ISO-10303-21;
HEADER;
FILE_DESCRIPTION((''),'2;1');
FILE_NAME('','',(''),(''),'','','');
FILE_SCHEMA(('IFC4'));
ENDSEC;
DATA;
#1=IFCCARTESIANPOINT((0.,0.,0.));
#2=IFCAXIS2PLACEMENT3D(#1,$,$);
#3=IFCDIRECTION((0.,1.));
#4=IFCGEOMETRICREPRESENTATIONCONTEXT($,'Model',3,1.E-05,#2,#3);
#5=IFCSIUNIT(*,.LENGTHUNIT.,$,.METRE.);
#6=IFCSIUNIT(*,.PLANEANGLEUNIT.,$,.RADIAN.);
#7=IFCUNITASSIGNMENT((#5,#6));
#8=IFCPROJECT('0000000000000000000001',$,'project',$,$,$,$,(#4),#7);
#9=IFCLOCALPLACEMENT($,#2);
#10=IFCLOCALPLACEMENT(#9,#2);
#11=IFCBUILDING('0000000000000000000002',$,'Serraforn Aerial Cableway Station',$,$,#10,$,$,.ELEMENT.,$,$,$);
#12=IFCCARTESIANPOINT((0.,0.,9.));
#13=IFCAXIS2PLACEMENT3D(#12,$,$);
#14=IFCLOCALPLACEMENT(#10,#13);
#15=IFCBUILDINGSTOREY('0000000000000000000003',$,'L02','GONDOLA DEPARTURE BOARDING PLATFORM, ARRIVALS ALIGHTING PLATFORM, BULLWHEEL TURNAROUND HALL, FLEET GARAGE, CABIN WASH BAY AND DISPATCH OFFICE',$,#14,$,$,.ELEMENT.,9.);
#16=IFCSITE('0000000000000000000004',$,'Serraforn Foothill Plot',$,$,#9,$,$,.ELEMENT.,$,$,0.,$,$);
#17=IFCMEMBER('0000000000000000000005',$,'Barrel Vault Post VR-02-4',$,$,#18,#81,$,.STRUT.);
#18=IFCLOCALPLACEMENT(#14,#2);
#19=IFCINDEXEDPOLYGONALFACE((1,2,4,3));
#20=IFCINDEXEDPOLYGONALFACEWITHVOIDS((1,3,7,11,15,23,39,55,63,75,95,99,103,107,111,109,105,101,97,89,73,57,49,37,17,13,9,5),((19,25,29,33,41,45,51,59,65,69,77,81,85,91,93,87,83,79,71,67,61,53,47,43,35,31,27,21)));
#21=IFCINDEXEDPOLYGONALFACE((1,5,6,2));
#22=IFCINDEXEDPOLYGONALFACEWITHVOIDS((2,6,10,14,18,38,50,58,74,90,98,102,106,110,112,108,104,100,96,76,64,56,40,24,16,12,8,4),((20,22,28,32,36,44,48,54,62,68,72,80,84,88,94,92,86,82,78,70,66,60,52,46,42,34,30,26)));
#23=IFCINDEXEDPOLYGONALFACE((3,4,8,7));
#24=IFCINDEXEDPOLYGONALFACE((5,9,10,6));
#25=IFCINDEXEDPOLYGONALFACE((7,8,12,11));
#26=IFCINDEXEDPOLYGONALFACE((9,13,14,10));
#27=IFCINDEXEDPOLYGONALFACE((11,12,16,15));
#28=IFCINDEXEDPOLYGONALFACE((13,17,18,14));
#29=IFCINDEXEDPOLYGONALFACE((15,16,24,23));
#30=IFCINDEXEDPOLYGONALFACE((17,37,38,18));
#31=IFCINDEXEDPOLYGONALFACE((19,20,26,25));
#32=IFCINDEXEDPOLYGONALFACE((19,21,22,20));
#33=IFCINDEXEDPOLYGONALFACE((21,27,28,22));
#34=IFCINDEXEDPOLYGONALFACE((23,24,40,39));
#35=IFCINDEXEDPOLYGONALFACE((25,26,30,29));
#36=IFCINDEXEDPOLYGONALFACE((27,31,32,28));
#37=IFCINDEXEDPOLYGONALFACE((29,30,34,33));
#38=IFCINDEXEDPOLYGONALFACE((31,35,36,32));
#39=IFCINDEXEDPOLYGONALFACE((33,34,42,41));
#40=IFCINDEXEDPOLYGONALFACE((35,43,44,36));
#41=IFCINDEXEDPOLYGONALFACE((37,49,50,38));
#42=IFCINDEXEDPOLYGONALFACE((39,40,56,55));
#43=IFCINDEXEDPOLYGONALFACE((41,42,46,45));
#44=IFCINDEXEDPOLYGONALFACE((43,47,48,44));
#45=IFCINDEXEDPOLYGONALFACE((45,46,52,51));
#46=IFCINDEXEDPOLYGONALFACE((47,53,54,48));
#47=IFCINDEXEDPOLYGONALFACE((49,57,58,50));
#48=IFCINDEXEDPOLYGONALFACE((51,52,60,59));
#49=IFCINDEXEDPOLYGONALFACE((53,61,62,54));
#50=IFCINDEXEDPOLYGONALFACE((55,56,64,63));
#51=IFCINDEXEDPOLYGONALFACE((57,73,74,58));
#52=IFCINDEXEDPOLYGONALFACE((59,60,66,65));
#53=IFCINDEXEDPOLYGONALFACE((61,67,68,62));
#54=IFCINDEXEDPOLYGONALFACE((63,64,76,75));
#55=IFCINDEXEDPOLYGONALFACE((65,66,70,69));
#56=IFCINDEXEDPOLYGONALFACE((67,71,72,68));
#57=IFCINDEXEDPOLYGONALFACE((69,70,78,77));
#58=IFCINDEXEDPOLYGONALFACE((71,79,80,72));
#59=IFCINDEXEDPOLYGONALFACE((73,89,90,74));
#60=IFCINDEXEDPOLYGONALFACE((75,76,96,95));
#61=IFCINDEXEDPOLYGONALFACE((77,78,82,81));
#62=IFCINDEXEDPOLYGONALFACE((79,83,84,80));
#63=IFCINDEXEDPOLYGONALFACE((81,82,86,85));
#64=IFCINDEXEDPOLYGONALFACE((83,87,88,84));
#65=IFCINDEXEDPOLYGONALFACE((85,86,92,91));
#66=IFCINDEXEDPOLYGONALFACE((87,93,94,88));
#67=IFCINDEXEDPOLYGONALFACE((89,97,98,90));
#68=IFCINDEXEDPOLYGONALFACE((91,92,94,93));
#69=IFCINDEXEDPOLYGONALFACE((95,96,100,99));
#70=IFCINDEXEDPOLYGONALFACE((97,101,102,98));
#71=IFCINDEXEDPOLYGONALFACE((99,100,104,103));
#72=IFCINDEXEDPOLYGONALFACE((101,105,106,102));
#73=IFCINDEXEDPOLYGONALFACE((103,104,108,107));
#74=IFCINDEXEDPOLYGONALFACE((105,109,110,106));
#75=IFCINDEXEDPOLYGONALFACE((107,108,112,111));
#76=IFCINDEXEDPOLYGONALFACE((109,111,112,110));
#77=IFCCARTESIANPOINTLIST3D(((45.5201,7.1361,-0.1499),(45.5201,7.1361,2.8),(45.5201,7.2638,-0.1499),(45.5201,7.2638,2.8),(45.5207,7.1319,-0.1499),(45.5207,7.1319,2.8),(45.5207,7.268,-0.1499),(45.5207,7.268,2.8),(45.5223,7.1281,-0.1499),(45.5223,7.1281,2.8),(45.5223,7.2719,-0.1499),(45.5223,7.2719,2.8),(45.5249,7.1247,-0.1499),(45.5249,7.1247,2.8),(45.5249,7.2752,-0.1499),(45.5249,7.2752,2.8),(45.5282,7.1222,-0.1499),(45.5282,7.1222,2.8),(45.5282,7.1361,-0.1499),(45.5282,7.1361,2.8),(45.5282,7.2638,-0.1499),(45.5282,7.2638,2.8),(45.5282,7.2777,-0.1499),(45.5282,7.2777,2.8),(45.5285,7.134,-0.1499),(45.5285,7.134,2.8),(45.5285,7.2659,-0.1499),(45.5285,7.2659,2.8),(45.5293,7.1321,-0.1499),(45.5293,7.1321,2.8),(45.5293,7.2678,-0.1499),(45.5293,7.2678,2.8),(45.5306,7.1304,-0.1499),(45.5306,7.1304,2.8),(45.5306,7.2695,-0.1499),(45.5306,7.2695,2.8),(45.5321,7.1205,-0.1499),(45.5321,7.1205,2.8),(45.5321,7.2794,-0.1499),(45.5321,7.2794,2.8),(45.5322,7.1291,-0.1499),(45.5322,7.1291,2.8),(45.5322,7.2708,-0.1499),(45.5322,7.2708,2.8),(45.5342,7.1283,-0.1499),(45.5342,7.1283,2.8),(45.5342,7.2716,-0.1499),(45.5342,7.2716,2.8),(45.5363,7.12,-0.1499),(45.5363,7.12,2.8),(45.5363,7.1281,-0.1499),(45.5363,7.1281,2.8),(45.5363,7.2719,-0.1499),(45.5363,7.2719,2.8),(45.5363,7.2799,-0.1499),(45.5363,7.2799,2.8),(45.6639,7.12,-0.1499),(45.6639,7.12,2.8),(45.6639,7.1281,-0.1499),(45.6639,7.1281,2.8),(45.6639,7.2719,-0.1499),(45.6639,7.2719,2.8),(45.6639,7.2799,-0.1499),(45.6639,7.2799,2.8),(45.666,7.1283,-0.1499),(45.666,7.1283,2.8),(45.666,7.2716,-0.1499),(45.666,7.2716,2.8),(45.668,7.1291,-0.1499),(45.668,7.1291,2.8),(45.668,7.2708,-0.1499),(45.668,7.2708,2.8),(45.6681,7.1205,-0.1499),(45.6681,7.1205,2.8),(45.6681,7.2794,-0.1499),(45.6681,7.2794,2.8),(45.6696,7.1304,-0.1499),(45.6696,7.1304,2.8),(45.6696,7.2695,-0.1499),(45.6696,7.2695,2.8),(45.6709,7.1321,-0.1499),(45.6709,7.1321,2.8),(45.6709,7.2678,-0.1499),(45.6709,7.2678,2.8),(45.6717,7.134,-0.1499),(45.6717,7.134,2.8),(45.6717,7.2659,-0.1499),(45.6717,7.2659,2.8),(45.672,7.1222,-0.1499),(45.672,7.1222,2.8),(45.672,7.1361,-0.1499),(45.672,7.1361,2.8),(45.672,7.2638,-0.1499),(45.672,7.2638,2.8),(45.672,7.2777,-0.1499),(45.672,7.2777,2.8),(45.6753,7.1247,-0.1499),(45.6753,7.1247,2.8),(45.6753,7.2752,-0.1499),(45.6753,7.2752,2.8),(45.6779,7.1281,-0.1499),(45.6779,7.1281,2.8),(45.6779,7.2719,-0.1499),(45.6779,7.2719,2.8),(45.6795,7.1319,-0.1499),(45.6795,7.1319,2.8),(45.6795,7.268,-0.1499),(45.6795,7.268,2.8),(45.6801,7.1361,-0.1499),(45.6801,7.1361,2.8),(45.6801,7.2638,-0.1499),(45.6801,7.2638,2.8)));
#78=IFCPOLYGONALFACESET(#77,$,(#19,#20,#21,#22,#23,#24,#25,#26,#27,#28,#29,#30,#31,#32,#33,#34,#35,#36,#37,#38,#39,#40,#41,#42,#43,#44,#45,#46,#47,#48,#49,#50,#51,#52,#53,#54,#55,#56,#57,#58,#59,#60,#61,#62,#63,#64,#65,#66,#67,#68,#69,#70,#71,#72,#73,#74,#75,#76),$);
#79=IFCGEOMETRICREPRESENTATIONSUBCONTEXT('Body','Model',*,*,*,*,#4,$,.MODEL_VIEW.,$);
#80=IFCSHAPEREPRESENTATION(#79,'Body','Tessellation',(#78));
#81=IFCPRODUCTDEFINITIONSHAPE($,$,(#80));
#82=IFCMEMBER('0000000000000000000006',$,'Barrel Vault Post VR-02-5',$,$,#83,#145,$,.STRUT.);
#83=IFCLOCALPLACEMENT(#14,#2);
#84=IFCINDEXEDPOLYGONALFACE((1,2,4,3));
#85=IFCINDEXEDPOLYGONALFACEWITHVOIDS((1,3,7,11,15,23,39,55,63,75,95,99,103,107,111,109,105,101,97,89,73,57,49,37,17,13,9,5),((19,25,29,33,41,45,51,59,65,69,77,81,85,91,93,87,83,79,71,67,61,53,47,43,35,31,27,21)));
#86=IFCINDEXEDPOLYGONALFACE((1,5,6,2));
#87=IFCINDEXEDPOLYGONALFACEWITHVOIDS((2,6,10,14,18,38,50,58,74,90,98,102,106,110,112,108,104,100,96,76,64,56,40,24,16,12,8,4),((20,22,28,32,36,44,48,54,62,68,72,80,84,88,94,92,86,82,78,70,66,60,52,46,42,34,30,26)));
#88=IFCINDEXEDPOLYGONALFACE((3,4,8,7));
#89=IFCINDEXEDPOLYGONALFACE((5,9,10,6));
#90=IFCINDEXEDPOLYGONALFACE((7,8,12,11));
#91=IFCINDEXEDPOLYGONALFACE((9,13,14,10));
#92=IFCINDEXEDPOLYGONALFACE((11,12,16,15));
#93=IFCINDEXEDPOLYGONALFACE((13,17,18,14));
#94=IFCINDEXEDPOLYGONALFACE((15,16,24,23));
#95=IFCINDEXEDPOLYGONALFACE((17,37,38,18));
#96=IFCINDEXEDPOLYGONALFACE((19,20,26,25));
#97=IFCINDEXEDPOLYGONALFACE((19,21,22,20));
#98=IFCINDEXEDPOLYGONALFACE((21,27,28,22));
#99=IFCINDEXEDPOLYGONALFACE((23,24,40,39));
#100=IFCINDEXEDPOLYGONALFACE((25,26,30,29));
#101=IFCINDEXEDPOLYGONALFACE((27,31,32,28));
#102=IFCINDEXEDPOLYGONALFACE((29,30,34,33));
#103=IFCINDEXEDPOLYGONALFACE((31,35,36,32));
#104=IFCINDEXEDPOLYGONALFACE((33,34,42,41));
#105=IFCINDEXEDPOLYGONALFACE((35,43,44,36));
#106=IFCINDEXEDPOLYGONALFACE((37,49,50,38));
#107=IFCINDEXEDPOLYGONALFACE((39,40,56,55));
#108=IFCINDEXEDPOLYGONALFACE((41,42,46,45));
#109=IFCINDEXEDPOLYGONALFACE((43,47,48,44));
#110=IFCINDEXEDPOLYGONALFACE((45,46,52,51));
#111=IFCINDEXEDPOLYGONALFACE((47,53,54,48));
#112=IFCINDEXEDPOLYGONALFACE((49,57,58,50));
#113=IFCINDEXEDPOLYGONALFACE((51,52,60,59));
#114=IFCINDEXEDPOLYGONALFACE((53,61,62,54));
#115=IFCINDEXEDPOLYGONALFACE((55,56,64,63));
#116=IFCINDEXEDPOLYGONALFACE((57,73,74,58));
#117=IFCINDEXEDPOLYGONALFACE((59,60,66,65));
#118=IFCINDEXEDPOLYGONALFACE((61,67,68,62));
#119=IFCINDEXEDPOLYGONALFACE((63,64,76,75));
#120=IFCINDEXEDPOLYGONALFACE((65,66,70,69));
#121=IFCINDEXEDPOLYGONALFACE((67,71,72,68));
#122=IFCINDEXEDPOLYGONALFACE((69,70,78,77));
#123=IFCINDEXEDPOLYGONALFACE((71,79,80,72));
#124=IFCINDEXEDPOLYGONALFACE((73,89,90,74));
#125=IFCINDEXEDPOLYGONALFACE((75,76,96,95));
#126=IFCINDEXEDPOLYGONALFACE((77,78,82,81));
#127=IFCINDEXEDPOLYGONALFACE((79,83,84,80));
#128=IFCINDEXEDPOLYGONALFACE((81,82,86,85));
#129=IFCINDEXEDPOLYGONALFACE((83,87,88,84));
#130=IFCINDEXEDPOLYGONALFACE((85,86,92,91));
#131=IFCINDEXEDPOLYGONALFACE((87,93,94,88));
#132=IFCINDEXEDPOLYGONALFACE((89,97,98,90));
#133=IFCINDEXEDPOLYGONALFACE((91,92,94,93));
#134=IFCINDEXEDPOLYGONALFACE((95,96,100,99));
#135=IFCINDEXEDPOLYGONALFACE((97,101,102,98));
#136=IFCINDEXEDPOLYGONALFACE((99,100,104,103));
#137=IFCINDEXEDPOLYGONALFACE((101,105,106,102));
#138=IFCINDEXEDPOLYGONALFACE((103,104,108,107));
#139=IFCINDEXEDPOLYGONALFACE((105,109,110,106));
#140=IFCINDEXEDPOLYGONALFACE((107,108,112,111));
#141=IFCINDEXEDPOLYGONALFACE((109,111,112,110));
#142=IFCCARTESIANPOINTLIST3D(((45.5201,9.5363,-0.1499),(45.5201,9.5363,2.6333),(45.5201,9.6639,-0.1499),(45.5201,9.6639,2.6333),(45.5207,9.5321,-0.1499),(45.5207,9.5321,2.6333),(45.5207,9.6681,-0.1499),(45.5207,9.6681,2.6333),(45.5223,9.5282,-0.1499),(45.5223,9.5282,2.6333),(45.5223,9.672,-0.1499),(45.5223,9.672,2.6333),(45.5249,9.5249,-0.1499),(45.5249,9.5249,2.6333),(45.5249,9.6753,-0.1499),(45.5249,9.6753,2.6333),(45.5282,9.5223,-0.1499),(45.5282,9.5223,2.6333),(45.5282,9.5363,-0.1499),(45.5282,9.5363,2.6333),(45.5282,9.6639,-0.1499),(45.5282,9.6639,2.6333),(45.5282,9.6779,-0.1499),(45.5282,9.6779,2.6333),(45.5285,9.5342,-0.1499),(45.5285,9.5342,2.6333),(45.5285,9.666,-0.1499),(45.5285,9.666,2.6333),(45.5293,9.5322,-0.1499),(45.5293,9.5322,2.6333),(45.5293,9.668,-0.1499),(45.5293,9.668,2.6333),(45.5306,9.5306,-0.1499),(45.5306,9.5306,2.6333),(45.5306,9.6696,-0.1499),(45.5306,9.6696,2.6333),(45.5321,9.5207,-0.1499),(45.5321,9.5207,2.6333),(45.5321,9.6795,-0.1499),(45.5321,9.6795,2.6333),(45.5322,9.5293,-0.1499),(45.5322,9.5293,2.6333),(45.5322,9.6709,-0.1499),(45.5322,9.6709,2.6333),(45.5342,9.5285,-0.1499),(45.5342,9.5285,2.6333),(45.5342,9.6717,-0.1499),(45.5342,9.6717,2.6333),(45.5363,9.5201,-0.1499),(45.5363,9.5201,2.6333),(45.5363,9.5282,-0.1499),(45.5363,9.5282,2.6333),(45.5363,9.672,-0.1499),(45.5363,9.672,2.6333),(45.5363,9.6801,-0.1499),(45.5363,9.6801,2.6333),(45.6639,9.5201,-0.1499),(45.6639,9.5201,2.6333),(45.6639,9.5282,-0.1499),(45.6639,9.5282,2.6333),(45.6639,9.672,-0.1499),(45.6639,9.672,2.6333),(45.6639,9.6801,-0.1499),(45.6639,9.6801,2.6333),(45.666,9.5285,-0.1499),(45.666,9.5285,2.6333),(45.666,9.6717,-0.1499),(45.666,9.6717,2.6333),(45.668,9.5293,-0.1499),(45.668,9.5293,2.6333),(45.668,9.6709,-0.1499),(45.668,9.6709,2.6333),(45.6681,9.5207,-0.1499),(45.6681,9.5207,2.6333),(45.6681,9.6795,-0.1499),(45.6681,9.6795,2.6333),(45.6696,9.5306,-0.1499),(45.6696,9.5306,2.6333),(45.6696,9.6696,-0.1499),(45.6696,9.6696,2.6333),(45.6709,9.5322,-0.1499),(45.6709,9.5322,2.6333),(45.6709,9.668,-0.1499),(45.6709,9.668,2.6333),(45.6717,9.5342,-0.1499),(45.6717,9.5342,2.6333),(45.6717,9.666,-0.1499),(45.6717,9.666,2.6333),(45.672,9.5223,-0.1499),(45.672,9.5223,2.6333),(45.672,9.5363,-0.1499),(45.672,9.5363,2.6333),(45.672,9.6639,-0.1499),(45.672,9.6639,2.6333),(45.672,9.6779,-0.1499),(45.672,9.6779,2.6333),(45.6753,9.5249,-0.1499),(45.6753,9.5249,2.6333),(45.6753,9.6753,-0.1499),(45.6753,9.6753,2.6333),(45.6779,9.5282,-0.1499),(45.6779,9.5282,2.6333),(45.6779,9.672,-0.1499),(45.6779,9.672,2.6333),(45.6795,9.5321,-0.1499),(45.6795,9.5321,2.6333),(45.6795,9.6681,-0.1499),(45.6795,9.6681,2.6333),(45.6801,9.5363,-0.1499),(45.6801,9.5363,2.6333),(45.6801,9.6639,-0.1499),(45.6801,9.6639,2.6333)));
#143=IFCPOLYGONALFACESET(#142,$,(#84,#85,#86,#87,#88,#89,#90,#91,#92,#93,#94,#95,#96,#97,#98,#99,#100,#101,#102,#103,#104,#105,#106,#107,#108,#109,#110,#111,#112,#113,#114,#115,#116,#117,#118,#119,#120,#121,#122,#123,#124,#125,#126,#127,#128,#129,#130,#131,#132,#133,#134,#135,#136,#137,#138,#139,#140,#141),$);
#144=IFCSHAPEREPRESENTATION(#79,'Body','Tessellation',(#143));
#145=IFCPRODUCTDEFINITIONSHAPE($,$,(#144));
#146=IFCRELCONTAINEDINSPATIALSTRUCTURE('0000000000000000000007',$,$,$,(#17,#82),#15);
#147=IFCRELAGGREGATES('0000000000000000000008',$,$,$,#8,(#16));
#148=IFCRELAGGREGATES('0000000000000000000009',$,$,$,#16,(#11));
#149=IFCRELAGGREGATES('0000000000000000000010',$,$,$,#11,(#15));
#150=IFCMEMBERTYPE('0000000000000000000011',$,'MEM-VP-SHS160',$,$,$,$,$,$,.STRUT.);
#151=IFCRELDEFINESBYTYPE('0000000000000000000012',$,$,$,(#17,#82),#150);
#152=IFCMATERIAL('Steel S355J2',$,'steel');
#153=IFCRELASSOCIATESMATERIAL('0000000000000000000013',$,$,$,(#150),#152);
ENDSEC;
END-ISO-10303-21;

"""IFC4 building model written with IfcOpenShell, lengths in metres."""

from ifc_helpers import new_model, si_unit, direction, frame, origin, origin_2d, place, context, subcontext, project, spatial, hollow_rectangle, extrude, material, material_profile, profile_set, type_object, element, save


model = new_model("IFC4")

# Units and contexts
model_context = context("Model", 3, precision=1e-05, world=origin(), true_north=direction((0.0, 1.0)))
body_context = subcontext(model_context, "Body", "Model", "MODEL_VIEW")
ifc_project = project(units=[si_unit("LENGTHUNIT", "METRE"), si_unit("PLANEANGLEUNIT", "RADIAN")], contexts=[model_context])

# Site, building, storey
site_placement = place(None, origin())
site = spatial("IfcSite", under=ifc_project, at=site_placement, Name="Serraforn Foothill Plot", CompositionType="ELEMENT", RefElevation=0.0)
building_placement = place(site_placement, origin())
building = spatial("IfcBuilding", under=site, at=building_placement, Name="Serraforn Aerial Cableway Station", CompositionType="ELEMENT")
storey_placement = place(building_placement, frame((0.0, 0.0, 9.0)))
storey = spatial("IfcBuildingStorey", under=building, at=storey_placement, Name="L02", Description="GONDOLA DEPARTURE BOARDING PLATFORM, ARRIVALS ALIGHTING PLATFORM, BULLWHEEL TURNAROUND HALL, FLEET GARAGE, CABIN WASH BAY AND DISPATCH OFFICE", CompositionType="ELEMENT", Elevation=9.0)

# Members
ifc_material_1 = material(Name="Steel S355J2", Category="steel")
ifc_material_profile_1 = material_profile(ifc_material_1, hollow_rectangle(XDim=0.1599, YDim=0.1599, WallThickness=0.0081, InnerFilletRadius=0.0081, OuterFilletRadius=0.0161, at=origin_2d()), Name="SHS 160x160x8.0")
ifc_profile_set_1 = profile_set([ifc_material_profile_1], Name="Steel S355J2")
member_type_1 = type_object("IfcMemberType", Name="MEM-VP-SHS160", PredefinedType="STRUT", material=ifc_profile_set_1)
member_1_placement = place(storey_placement, frame((45.6001, 7.2, -0.1499), z_axis=(0.0, 0.0, 1.0), x_axis=(1.0, 0.0, 0.0)))
element("IfcMember", 1, at=member_1_placement, inside=storey, type_object=member_type_1, Name="Barrel Vault Post VR-02-4", PredefinedType="STRUT", context=body_context, shape_type="SweptSolid", body=[
    extrude(hollow_rectangle(XDim=0.1599, YDim=0.1599, WallThickness=0.0081, InnerFilletRadius=0.0081, OuterFilletRadius=0.0161, at=origin_2d()), origin(), (0.0, 0.0, 1.0), 2.95),
])
member_2_placement = place(storey_placement, frame((45.6001, 9.6001, -0.1499), z_axis=(0.0, 0.0, 1.0), x_axis=(1.0, 0.0, 0.0)))
element("IfcMember", 2, at=member_2_placement, inside=storey, type_object=member_type_1, Name="Barrel Vault Post VR-02-5", PredefinedType="STRUT", context=body_context, shape_type="SweptSolid", body=[
    extrude(hollow_rectangle(XDim=0.1599, YDim=0.1599, WallThickness=0.0081, InnerFilletRadius=0.0081, OuterFilletRadius=0.0161, at=origin_2d()), origin(), (0.0, 0.0, 1.0), 2.7832),
])

save(model, "model.ifc")
